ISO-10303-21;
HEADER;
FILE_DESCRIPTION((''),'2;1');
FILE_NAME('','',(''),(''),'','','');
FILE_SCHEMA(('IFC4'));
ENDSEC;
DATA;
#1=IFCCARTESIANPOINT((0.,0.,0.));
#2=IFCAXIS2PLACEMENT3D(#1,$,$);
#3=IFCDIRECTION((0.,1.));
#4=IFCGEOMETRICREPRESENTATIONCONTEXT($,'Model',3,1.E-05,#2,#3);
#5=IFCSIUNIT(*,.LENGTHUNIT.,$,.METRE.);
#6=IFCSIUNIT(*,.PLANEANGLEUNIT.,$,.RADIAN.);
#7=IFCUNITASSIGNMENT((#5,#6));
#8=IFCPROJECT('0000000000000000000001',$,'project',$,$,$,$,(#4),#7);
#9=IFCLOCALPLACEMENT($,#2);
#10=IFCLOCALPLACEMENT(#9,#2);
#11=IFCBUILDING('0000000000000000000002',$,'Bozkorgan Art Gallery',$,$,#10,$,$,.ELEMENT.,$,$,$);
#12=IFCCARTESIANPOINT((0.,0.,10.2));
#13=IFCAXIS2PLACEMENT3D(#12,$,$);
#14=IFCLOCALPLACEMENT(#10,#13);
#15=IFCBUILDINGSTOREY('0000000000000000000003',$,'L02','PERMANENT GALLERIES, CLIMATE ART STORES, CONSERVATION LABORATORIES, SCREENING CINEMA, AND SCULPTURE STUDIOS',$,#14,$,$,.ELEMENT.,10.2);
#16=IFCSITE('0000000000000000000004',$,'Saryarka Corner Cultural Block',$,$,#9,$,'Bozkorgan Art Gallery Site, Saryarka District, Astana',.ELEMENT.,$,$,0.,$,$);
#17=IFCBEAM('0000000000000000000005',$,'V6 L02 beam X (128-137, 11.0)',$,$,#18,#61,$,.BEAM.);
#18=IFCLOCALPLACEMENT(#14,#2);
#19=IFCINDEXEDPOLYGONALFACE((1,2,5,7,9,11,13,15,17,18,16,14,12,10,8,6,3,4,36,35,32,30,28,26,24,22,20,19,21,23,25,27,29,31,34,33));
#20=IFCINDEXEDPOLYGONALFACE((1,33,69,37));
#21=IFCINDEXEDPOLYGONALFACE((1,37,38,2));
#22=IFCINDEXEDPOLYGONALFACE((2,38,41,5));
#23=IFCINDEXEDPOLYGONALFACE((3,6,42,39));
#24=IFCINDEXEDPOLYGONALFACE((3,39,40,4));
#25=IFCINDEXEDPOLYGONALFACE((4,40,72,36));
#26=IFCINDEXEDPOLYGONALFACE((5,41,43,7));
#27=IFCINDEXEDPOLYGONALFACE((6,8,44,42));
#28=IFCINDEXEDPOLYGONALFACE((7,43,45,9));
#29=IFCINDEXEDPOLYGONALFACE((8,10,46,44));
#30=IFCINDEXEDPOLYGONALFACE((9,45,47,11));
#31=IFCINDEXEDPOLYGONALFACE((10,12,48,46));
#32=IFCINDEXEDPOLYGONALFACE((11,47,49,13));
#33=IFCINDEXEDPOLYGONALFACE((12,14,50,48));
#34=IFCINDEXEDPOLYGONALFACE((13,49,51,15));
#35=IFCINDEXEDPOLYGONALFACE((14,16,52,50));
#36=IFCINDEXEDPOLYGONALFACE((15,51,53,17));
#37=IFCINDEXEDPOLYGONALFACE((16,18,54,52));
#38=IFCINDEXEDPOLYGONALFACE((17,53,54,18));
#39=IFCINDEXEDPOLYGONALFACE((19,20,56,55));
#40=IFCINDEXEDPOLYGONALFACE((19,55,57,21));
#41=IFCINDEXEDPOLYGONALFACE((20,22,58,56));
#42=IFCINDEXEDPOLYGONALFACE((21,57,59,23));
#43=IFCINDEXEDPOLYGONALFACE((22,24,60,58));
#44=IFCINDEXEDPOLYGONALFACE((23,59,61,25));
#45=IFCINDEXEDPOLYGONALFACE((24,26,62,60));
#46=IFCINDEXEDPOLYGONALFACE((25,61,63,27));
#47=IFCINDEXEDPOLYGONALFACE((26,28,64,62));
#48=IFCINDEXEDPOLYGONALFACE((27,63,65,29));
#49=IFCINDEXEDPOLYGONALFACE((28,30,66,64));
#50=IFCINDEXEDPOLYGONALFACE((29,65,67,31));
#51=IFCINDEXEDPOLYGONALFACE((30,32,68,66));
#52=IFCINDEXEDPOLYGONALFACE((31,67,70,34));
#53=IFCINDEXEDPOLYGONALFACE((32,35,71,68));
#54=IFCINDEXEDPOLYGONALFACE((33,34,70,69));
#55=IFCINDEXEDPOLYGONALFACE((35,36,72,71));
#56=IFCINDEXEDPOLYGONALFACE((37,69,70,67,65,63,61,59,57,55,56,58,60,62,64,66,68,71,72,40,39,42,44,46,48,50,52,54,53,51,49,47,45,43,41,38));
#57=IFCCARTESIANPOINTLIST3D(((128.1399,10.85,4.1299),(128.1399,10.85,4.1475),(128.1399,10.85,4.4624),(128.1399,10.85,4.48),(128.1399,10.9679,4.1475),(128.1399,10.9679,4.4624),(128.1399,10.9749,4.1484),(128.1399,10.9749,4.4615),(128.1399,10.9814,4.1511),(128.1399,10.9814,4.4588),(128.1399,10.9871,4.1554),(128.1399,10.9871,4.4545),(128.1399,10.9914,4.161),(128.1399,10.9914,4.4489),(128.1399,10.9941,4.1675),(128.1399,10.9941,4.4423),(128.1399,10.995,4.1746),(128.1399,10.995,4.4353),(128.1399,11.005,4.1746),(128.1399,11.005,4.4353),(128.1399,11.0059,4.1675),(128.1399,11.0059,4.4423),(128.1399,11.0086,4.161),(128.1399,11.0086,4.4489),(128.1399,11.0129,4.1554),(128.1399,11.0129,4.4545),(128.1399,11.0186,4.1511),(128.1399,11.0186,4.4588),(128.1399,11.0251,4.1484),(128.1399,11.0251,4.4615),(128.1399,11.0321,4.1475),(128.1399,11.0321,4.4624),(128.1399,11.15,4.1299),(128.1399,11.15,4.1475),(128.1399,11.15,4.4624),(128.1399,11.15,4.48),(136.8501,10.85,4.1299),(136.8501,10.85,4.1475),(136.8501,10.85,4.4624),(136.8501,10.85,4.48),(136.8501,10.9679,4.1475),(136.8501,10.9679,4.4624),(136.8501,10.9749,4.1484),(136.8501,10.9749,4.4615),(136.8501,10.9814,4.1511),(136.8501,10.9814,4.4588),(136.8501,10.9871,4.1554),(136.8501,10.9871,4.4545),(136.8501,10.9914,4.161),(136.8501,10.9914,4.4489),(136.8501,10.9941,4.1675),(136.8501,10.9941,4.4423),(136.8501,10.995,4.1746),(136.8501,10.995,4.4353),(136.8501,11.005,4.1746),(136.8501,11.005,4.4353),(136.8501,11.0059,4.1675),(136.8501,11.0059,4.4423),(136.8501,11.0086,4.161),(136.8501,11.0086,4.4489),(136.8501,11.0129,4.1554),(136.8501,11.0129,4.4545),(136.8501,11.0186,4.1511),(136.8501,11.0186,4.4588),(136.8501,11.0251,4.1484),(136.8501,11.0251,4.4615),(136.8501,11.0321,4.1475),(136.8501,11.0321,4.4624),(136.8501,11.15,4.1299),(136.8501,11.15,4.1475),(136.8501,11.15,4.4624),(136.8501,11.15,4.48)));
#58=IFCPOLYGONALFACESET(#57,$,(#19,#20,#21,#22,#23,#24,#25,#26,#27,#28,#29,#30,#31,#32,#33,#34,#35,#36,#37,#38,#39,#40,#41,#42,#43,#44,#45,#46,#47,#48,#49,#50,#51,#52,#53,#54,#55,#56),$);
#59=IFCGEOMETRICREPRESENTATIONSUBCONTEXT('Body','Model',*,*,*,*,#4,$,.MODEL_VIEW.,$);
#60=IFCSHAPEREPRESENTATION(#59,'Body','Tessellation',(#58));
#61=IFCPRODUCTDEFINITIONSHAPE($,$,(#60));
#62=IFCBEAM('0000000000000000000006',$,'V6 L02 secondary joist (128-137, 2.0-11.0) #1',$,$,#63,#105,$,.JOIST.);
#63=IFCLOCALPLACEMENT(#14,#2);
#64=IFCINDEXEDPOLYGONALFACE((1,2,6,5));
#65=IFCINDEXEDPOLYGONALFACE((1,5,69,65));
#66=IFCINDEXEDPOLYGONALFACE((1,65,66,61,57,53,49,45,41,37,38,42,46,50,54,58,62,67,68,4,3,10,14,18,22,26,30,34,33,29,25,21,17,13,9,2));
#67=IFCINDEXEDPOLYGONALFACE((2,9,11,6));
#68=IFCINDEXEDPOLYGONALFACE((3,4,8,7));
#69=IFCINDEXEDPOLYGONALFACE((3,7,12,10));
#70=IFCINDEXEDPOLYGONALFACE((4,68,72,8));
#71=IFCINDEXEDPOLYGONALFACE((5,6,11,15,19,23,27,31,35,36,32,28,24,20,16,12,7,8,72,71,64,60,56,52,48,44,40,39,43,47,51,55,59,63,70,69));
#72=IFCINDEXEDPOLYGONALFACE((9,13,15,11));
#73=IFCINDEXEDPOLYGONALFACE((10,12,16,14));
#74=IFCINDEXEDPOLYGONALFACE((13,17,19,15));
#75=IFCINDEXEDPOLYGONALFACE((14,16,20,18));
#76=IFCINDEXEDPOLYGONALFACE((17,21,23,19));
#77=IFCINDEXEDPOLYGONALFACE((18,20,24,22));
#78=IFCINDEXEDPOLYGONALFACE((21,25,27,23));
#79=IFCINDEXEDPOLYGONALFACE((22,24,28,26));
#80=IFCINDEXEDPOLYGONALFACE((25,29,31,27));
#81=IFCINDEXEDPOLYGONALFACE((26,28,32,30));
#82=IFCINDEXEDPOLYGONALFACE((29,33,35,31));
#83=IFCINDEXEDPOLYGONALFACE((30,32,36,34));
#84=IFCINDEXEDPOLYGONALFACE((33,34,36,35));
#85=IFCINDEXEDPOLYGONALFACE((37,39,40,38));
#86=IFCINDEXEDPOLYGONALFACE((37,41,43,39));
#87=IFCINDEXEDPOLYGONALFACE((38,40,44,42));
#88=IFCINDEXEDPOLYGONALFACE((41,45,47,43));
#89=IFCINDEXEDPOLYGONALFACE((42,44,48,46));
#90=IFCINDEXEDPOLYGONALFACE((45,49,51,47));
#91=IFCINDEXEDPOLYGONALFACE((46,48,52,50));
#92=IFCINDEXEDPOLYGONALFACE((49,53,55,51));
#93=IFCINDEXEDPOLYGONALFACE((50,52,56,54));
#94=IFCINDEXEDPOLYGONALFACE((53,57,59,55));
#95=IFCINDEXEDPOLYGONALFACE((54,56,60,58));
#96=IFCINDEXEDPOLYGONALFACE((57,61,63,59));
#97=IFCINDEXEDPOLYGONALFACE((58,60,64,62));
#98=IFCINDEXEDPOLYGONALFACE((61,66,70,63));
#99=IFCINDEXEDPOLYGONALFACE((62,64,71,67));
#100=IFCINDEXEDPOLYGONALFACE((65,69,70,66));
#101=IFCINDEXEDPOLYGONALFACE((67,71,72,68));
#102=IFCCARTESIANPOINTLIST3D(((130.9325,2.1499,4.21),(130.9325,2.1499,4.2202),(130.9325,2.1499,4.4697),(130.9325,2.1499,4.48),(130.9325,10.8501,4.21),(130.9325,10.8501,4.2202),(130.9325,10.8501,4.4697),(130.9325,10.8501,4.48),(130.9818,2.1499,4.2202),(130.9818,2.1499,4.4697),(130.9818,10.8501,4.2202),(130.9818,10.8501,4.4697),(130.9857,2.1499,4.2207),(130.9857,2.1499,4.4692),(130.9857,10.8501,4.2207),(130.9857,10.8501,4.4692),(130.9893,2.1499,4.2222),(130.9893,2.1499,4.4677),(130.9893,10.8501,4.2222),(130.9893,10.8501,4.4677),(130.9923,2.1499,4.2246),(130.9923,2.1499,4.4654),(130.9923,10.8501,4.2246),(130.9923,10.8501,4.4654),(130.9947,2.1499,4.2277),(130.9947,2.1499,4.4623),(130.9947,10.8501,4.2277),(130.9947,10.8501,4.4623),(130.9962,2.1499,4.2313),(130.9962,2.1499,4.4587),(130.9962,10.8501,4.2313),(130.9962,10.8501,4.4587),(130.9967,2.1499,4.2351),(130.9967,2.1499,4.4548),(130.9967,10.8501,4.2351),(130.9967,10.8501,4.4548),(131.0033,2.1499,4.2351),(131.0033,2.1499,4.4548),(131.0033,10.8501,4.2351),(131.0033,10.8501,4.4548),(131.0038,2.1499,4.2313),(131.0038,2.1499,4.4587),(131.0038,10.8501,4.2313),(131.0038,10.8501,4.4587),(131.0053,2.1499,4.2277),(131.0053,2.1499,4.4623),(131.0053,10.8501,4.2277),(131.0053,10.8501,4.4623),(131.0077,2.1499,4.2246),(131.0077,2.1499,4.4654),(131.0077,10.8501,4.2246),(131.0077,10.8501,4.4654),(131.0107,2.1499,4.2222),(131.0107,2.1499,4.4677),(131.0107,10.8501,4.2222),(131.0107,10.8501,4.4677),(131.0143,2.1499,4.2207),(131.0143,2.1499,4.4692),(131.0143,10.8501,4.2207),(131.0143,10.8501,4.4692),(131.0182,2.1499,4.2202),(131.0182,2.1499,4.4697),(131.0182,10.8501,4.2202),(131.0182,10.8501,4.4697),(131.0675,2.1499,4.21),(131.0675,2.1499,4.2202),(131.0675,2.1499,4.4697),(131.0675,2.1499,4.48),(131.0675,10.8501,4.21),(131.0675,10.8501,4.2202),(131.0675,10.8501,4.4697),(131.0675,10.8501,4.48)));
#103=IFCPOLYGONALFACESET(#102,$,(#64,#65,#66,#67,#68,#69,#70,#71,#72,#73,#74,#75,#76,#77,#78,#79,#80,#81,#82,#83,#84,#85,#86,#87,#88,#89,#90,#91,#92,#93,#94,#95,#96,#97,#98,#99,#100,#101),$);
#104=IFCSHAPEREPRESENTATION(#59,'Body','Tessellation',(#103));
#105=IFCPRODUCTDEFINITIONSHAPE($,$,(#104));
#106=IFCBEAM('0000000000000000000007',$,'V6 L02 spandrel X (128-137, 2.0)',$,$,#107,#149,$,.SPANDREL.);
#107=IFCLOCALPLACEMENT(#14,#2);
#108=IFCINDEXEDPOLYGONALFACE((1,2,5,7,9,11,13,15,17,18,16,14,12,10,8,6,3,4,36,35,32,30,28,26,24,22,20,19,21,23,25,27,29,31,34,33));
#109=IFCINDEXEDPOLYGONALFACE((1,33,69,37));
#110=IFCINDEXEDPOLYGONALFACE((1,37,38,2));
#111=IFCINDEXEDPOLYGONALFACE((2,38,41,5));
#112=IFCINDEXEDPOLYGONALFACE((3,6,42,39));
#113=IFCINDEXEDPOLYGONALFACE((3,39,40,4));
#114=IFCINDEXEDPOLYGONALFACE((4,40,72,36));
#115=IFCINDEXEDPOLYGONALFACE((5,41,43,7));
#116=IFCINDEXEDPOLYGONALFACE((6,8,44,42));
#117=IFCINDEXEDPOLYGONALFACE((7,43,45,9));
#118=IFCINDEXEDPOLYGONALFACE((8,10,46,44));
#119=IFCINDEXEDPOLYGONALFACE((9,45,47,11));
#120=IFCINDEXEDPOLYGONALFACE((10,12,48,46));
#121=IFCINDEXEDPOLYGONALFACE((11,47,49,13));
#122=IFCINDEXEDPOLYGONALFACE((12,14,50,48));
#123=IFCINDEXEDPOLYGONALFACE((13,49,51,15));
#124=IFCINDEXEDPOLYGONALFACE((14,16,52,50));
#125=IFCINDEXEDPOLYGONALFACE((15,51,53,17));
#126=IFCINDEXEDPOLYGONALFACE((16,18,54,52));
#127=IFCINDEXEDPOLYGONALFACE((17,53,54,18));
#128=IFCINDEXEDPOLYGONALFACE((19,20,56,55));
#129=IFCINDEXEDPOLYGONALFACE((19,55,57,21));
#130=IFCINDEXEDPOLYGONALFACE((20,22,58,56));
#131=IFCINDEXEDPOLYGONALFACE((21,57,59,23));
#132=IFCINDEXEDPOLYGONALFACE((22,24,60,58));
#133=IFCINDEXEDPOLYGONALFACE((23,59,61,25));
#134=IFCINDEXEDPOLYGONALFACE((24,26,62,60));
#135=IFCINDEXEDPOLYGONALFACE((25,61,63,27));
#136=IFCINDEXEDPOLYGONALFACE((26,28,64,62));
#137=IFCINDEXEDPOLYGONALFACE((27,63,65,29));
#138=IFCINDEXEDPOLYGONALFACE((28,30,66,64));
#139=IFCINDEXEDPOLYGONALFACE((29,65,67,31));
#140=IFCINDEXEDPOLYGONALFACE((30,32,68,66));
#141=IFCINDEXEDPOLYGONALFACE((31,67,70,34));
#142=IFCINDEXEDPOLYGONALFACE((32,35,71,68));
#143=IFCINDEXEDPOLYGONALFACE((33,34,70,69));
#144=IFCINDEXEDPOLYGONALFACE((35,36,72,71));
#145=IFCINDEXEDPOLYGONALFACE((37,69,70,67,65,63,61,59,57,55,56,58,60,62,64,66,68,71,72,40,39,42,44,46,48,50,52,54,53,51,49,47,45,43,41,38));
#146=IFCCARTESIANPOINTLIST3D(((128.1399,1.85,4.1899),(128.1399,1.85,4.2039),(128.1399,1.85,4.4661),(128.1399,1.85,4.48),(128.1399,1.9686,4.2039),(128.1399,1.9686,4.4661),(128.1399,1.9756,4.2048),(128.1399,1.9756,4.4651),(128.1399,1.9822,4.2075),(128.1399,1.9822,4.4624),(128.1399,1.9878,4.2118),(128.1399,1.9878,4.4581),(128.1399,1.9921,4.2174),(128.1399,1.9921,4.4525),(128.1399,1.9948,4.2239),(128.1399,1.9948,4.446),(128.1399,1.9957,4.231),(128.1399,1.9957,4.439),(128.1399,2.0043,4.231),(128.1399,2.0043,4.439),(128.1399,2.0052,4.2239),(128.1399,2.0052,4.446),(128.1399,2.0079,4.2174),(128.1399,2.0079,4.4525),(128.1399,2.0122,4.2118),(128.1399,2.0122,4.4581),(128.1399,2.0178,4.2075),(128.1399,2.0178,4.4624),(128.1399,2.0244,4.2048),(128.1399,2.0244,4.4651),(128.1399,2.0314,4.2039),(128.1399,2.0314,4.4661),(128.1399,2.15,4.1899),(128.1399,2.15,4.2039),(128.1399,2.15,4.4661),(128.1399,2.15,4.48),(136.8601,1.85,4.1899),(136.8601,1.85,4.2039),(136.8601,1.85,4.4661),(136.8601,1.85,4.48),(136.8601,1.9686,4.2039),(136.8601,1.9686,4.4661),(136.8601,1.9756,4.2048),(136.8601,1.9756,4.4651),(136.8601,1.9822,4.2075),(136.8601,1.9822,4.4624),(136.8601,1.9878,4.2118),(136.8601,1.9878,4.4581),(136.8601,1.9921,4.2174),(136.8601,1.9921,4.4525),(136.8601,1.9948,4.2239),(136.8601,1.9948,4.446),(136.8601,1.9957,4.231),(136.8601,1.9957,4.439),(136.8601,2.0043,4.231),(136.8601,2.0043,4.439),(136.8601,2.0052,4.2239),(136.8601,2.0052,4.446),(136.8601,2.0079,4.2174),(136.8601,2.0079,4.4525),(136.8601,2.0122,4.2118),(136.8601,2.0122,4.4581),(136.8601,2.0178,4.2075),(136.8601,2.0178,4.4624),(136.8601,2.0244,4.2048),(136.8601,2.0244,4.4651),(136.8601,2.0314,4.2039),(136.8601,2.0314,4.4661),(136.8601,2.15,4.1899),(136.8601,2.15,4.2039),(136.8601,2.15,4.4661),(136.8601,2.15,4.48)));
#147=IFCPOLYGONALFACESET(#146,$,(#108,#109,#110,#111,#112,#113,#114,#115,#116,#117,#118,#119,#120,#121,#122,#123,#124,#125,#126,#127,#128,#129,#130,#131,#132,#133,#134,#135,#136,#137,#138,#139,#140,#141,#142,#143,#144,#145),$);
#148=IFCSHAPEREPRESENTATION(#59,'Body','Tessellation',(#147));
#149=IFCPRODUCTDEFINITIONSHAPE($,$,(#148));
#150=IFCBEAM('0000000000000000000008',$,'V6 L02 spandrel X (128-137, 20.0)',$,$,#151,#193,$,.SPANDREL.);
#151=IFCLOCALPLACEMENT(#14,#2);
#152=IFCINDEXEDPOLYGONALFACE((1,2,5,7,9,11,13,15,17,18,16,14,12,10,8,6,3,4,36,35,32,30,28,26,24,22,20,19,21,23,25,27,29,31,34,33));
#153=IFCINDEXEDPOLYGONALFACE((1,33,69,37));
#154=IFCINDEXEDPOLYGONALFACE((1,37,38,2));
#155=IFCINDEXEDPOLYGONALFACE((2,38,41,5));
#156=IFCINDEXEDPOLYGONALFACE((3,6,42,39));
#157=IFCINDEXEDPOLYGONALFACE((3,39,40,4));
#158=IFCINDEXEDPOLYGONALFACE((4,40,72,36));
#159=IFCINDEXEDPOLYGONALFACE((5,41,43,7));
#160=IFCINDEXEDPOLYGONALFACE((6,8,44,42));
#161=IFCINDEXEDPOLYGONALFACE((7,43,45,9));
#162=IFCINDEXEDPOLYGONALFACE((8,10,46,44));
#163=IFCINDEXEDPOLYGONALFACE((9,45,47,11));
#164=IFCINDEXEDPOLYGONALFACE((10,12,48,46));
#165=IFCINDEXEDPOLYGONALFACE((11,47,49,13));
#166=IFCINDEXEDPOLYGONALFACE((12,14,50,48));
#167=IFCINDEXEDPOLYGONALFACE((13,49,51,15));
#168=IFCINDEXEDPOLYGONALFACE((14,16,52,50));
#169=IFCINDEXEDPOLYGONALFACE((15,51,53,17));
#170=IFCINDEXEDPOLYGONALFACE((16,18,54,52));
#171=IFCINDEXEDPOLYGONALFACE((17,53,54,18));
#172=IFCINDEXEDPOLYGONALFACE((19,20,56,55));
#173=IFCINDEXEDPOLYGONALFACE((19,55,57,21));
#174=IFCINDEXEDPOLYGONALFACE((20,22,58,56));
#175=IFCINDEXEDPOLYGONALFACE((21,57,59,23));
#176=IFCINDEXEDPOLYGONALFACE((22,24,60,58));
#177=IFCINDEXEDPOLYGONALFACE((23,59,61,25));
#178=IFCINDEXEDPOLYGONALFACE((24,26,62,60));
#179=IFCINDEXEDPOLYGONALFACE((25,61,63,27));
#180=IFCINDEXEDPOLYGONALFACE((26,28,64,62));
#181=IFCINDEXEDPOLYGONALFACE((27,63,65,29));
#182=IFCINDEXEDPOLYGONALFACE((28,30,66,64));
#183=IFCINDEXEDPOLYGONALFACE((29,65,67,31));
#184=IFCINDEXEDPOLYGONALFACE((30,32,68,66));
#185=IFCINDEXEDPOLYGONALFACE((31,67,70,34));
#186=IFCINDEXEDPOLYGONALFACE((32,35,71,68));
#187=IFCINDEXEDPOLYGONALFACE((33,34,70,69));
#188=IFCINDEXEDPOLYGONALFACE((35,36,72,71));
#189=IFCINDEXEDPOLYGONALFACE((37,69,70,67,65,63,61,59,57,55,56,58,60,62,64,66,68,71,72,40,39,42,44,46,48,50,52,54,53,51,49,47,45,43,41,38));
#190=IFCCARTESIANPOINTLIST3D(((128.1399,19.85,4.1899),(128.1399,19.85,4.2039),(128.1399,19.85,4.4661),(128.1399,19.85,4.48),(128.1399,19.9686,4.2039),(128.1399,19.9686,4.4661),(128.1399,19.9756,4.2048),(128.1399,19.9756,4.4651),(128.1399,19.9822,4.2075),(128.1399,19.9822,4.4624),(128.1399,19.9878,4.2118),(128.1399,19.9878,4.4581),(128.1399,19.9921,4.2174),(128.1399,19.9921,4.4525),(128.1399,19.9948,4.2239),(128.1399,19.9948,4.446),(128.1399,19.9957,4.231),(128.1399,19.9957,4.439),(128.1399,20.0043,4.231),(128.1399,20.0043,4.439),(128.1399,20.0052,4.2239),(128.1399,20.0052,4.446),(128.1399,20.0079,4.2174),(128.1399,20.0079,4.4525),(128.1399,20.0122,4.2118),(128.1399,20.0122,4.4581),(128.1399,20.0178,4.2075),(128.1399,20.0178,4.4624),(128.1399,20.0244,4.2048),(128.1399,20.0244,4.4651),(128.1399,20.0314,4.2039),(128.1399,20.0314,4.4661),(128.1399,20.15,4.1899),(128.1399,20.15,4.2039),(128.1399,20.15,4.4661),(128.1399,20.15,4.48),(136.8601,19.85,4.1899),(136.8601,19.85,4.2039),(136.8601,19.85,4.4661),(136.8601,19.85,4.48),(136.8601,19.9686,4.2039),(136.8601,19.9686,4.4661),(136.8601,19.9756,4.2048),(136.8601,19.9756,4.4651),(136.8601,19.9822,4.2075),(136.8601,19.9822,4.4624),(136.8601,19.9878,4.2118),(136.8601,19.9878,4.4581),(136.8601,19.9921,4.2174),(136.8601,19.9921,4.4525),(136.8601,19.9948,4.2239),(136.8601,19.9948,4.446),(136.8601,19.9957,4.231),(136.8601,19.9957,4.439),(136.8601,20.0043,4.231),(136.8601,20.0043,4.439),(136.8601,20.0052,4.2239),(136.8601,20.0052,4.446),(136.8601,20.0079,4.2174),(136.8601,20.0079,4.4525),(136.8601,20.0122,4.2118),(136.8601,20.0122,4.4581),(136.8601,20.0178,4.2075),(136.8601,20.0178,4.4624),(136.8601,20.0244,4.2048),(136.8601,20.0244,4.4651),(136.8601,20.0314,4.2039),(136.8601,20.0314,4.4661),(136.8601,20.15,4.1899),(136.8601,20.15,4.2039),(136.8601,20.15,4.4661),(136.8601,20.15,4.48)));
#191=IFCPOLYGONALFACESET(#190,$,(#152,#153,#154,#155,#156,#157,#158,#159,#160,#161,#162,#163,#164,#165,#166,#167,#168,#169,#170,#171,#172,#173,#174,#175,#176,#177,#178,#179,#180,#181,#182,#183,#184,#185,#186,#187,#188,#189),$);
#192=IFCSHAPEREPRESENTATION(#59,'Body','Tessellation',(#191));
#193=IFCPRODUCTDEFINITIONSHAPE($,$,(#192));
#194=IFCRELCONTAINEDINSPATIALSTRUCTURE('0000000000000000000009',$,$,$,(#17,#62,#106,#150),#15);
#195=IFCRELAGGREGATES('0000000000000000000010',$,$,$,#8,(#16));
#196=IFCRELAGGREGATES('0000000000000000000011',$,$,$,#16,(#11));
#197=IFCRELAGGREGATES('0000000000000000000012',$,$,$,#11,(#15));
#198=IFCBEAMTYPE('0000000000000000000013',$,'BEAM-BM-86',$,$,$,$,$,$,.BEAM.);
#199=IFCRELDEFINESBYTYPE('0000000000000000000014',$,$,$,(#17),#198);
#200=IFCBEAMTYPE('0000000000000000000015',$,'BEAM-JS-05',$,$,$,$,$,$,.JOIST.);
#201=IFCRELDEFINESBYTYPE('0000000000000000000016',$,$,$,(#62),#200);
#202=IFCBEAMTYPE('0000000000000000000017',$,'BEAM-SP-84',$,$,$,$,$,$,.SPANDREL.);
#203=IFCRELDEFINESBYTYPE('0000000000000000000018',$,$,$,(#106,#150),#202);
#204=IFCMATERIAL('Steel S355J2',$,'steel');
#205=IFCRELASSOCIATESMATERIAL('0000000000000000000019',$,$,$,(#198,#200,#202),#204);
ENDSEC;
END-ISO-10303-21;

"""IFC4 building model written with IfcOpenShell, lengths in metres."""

from ifc_helpers import new_model, si_unit, direction, frame, origin, origin_2d, place, context, subcontext, project, spatial, i_section, extrude, material, material_profile, profile_set, type_object, element, save


model = new_model("IFC4")

# Units and contexts
model_context = context("Model", 3, precision=1e-05, world=origin(), true_north=direction((0.0, 1.0)))
body_context = subcontext(model_context, "Body", "Model", "MODEL_VIEW")
ifc_project = project(units=[si_unit("LENGTHUNIT", "METRE"), si_unit("PLANEANGLEUNIT", "RADIAN")], contexts=[model_context])

# Site, building, storey
site_placement = place(None, origin())
site = spatial("IfcSite", under=ifc_project, at=site_placement, Name="Saryarka Corner Cultural Block", LongName="Bozkorgan Art Gallery Site, Saryarka District, Astana", CompositionType="ELEMENT", RefElevation=0.0)
building_placement = place(site_placement, origin())
building = spatial("IfcBuilding", under=site, at=building_placement, Name="Bozkorgan Art Gallery", CompositionType="ELEMENT")
storey_placement = place(building_placement, frame((0.0, 0.0, 10.2)))
storey = spatial("IfcBuildingStorey", under=building, at=storey_placement, Name="L02", Description="PERMANENT GALLERIES, CLIMATE ART STORES, CONSERVATION LABORATORIES, SCREENING CINEMA, AND SCULPTURE STUDIOS", CompositionType="ELEMENT", Elevation=10.2)

# Shared definitions
ifc_material_1 = material(Name="Steel S355J2", Category="steel")

# Beams
ifc_material_profile_1 = material_profile(ifc_material_1, i_section(OverallWidth=0.3, OverallDepth=0.3501, WebThickness=0.01, FlangeThickness=0.0176, FilletRadius=0.0271, at=origin_2d()), Name="HEA 360")
ifc_profile_set_1 = profile_set([ifc_material_profile_1], Name="Steel S355J2")
beam_type_1 = type_object("IfcBeamType", Name="BEAM-BM-86", PredefinedType="BEAM", material=ifc_profile_set_1)
beam_1_placement = place(storey_placement, frame((128.1399, 11.0, 4.3049), z_axis=(1.0, 0.0, 0.0), x_axis=(0.0, 1.0, 0.0)))
element("IfcBeam", 1, at=beam_1_placement, inside=storey, type_object=beam_type_1, Name="V6 L02 beam X (128-137, 11.0)", PredefinedType="BEAM", context=body_context, shape_type="SweptSolid", body=[
    extrude(i_section(OverallWidth=0.3, OverallDepth=0.3501, WebThickness=0.01, FlangeThickness=0.0176, FilletRadius=0.0271, at=origin_2d()), origin(), (0.0, 0.0, 1.0), 8.7102),
])
ifc_material_profile_2 = material_profile(ifc_material_1, i_section(OverallWidth=0.135, OverallDepth=0.27, WebThickness=0.0066, FlangeThickness=0.0103, FilletRadius=0.0149, at=origin_2d()), Name="IPE 270")
ifc_profile_set_2 = profile_set([ifc_material_profile_2], Name="Steel S355J2")
beam_type_2 = type_object("IfcBeamType", Name="BEAM-JS-05", PredefinedType="JOIST", material=ifc_profile_set_2)
beam_2_placement = place(storey_placement, frame((131.0, 2.1499, 4.345), z_axis=(0.0, 1.0, 0.0), x_axis=(-1.0, 0.0, 0.0)))
element("IfcBeam", 2, at=beam_2_placement, inside=storey, type_object=beam_type_2, Name="V6 L02 secondary joist (128-137, 2.0-11.0) #1", PredefinedType="JOIST", context=body_context, shape_type="SweptSolid", body=[
    extrude(i_section(OverallWidth=0.135, OverallDepth=0.27, WebThickness=0.0066, FlangeThickness=0.0103, FilletRadius=0.0149, at=origin_2d()), origin(), (0.0, 0.0, 1.0), 8.7002),
])
ifc_material_profile_3 = material_profile(ifc_material_1, i_section(OverallWidth=0.3, OverallDepth=0.29, WebThickness=0.0085, FlangeThickness=0.0139, FilletRadius=0.0271, at=origin_2d()), Name="HEA 300")
ifc_profile_set_3 = profile_set([ifc_material_profile_3], Name="Steel S355J2")
beam_type_3 = type_object("IfcBeamType", Name="BEAM-SP-84", PredefinedType="SPANDREL", material=ifc_profile_set_3)
for number, where, z_axis, x_axis, name in (
    (3, (128.1399, 2.0, 4.335), (1.0, 0.0, 0.0), (0.0, 1.0, 0.0), "V6 L02 spandrel X (128-137, 2.0)"),
    (4, (128.1399, 20.0, 4.335), (1.0, 0.0, 0.0), (0.0, 1.0, 0.0), "V6 L02 spandrel X (128-137, 20.0)"),
):
    element("IfcBeam", number, at=place(storey_placement, frame(where, z_axis=z_axis, x_axis=x_axis)), inside=storey, type_object=beam_type_3, Name=name, PredefinedType="SPANDREL", context=body_context, shape_type="SweptSolid", body=[
        extrude(i_section(OverallWidth=0.3, OverallDepth=0.29, WebThickness=0.0085, FlangeThickness=0.0139, FilletRadius=0.0271, at=origin_2d()), origin(), (0.0, 0.0, 1.0), 8.7202),
    ])

save(model, "model.ifc")
